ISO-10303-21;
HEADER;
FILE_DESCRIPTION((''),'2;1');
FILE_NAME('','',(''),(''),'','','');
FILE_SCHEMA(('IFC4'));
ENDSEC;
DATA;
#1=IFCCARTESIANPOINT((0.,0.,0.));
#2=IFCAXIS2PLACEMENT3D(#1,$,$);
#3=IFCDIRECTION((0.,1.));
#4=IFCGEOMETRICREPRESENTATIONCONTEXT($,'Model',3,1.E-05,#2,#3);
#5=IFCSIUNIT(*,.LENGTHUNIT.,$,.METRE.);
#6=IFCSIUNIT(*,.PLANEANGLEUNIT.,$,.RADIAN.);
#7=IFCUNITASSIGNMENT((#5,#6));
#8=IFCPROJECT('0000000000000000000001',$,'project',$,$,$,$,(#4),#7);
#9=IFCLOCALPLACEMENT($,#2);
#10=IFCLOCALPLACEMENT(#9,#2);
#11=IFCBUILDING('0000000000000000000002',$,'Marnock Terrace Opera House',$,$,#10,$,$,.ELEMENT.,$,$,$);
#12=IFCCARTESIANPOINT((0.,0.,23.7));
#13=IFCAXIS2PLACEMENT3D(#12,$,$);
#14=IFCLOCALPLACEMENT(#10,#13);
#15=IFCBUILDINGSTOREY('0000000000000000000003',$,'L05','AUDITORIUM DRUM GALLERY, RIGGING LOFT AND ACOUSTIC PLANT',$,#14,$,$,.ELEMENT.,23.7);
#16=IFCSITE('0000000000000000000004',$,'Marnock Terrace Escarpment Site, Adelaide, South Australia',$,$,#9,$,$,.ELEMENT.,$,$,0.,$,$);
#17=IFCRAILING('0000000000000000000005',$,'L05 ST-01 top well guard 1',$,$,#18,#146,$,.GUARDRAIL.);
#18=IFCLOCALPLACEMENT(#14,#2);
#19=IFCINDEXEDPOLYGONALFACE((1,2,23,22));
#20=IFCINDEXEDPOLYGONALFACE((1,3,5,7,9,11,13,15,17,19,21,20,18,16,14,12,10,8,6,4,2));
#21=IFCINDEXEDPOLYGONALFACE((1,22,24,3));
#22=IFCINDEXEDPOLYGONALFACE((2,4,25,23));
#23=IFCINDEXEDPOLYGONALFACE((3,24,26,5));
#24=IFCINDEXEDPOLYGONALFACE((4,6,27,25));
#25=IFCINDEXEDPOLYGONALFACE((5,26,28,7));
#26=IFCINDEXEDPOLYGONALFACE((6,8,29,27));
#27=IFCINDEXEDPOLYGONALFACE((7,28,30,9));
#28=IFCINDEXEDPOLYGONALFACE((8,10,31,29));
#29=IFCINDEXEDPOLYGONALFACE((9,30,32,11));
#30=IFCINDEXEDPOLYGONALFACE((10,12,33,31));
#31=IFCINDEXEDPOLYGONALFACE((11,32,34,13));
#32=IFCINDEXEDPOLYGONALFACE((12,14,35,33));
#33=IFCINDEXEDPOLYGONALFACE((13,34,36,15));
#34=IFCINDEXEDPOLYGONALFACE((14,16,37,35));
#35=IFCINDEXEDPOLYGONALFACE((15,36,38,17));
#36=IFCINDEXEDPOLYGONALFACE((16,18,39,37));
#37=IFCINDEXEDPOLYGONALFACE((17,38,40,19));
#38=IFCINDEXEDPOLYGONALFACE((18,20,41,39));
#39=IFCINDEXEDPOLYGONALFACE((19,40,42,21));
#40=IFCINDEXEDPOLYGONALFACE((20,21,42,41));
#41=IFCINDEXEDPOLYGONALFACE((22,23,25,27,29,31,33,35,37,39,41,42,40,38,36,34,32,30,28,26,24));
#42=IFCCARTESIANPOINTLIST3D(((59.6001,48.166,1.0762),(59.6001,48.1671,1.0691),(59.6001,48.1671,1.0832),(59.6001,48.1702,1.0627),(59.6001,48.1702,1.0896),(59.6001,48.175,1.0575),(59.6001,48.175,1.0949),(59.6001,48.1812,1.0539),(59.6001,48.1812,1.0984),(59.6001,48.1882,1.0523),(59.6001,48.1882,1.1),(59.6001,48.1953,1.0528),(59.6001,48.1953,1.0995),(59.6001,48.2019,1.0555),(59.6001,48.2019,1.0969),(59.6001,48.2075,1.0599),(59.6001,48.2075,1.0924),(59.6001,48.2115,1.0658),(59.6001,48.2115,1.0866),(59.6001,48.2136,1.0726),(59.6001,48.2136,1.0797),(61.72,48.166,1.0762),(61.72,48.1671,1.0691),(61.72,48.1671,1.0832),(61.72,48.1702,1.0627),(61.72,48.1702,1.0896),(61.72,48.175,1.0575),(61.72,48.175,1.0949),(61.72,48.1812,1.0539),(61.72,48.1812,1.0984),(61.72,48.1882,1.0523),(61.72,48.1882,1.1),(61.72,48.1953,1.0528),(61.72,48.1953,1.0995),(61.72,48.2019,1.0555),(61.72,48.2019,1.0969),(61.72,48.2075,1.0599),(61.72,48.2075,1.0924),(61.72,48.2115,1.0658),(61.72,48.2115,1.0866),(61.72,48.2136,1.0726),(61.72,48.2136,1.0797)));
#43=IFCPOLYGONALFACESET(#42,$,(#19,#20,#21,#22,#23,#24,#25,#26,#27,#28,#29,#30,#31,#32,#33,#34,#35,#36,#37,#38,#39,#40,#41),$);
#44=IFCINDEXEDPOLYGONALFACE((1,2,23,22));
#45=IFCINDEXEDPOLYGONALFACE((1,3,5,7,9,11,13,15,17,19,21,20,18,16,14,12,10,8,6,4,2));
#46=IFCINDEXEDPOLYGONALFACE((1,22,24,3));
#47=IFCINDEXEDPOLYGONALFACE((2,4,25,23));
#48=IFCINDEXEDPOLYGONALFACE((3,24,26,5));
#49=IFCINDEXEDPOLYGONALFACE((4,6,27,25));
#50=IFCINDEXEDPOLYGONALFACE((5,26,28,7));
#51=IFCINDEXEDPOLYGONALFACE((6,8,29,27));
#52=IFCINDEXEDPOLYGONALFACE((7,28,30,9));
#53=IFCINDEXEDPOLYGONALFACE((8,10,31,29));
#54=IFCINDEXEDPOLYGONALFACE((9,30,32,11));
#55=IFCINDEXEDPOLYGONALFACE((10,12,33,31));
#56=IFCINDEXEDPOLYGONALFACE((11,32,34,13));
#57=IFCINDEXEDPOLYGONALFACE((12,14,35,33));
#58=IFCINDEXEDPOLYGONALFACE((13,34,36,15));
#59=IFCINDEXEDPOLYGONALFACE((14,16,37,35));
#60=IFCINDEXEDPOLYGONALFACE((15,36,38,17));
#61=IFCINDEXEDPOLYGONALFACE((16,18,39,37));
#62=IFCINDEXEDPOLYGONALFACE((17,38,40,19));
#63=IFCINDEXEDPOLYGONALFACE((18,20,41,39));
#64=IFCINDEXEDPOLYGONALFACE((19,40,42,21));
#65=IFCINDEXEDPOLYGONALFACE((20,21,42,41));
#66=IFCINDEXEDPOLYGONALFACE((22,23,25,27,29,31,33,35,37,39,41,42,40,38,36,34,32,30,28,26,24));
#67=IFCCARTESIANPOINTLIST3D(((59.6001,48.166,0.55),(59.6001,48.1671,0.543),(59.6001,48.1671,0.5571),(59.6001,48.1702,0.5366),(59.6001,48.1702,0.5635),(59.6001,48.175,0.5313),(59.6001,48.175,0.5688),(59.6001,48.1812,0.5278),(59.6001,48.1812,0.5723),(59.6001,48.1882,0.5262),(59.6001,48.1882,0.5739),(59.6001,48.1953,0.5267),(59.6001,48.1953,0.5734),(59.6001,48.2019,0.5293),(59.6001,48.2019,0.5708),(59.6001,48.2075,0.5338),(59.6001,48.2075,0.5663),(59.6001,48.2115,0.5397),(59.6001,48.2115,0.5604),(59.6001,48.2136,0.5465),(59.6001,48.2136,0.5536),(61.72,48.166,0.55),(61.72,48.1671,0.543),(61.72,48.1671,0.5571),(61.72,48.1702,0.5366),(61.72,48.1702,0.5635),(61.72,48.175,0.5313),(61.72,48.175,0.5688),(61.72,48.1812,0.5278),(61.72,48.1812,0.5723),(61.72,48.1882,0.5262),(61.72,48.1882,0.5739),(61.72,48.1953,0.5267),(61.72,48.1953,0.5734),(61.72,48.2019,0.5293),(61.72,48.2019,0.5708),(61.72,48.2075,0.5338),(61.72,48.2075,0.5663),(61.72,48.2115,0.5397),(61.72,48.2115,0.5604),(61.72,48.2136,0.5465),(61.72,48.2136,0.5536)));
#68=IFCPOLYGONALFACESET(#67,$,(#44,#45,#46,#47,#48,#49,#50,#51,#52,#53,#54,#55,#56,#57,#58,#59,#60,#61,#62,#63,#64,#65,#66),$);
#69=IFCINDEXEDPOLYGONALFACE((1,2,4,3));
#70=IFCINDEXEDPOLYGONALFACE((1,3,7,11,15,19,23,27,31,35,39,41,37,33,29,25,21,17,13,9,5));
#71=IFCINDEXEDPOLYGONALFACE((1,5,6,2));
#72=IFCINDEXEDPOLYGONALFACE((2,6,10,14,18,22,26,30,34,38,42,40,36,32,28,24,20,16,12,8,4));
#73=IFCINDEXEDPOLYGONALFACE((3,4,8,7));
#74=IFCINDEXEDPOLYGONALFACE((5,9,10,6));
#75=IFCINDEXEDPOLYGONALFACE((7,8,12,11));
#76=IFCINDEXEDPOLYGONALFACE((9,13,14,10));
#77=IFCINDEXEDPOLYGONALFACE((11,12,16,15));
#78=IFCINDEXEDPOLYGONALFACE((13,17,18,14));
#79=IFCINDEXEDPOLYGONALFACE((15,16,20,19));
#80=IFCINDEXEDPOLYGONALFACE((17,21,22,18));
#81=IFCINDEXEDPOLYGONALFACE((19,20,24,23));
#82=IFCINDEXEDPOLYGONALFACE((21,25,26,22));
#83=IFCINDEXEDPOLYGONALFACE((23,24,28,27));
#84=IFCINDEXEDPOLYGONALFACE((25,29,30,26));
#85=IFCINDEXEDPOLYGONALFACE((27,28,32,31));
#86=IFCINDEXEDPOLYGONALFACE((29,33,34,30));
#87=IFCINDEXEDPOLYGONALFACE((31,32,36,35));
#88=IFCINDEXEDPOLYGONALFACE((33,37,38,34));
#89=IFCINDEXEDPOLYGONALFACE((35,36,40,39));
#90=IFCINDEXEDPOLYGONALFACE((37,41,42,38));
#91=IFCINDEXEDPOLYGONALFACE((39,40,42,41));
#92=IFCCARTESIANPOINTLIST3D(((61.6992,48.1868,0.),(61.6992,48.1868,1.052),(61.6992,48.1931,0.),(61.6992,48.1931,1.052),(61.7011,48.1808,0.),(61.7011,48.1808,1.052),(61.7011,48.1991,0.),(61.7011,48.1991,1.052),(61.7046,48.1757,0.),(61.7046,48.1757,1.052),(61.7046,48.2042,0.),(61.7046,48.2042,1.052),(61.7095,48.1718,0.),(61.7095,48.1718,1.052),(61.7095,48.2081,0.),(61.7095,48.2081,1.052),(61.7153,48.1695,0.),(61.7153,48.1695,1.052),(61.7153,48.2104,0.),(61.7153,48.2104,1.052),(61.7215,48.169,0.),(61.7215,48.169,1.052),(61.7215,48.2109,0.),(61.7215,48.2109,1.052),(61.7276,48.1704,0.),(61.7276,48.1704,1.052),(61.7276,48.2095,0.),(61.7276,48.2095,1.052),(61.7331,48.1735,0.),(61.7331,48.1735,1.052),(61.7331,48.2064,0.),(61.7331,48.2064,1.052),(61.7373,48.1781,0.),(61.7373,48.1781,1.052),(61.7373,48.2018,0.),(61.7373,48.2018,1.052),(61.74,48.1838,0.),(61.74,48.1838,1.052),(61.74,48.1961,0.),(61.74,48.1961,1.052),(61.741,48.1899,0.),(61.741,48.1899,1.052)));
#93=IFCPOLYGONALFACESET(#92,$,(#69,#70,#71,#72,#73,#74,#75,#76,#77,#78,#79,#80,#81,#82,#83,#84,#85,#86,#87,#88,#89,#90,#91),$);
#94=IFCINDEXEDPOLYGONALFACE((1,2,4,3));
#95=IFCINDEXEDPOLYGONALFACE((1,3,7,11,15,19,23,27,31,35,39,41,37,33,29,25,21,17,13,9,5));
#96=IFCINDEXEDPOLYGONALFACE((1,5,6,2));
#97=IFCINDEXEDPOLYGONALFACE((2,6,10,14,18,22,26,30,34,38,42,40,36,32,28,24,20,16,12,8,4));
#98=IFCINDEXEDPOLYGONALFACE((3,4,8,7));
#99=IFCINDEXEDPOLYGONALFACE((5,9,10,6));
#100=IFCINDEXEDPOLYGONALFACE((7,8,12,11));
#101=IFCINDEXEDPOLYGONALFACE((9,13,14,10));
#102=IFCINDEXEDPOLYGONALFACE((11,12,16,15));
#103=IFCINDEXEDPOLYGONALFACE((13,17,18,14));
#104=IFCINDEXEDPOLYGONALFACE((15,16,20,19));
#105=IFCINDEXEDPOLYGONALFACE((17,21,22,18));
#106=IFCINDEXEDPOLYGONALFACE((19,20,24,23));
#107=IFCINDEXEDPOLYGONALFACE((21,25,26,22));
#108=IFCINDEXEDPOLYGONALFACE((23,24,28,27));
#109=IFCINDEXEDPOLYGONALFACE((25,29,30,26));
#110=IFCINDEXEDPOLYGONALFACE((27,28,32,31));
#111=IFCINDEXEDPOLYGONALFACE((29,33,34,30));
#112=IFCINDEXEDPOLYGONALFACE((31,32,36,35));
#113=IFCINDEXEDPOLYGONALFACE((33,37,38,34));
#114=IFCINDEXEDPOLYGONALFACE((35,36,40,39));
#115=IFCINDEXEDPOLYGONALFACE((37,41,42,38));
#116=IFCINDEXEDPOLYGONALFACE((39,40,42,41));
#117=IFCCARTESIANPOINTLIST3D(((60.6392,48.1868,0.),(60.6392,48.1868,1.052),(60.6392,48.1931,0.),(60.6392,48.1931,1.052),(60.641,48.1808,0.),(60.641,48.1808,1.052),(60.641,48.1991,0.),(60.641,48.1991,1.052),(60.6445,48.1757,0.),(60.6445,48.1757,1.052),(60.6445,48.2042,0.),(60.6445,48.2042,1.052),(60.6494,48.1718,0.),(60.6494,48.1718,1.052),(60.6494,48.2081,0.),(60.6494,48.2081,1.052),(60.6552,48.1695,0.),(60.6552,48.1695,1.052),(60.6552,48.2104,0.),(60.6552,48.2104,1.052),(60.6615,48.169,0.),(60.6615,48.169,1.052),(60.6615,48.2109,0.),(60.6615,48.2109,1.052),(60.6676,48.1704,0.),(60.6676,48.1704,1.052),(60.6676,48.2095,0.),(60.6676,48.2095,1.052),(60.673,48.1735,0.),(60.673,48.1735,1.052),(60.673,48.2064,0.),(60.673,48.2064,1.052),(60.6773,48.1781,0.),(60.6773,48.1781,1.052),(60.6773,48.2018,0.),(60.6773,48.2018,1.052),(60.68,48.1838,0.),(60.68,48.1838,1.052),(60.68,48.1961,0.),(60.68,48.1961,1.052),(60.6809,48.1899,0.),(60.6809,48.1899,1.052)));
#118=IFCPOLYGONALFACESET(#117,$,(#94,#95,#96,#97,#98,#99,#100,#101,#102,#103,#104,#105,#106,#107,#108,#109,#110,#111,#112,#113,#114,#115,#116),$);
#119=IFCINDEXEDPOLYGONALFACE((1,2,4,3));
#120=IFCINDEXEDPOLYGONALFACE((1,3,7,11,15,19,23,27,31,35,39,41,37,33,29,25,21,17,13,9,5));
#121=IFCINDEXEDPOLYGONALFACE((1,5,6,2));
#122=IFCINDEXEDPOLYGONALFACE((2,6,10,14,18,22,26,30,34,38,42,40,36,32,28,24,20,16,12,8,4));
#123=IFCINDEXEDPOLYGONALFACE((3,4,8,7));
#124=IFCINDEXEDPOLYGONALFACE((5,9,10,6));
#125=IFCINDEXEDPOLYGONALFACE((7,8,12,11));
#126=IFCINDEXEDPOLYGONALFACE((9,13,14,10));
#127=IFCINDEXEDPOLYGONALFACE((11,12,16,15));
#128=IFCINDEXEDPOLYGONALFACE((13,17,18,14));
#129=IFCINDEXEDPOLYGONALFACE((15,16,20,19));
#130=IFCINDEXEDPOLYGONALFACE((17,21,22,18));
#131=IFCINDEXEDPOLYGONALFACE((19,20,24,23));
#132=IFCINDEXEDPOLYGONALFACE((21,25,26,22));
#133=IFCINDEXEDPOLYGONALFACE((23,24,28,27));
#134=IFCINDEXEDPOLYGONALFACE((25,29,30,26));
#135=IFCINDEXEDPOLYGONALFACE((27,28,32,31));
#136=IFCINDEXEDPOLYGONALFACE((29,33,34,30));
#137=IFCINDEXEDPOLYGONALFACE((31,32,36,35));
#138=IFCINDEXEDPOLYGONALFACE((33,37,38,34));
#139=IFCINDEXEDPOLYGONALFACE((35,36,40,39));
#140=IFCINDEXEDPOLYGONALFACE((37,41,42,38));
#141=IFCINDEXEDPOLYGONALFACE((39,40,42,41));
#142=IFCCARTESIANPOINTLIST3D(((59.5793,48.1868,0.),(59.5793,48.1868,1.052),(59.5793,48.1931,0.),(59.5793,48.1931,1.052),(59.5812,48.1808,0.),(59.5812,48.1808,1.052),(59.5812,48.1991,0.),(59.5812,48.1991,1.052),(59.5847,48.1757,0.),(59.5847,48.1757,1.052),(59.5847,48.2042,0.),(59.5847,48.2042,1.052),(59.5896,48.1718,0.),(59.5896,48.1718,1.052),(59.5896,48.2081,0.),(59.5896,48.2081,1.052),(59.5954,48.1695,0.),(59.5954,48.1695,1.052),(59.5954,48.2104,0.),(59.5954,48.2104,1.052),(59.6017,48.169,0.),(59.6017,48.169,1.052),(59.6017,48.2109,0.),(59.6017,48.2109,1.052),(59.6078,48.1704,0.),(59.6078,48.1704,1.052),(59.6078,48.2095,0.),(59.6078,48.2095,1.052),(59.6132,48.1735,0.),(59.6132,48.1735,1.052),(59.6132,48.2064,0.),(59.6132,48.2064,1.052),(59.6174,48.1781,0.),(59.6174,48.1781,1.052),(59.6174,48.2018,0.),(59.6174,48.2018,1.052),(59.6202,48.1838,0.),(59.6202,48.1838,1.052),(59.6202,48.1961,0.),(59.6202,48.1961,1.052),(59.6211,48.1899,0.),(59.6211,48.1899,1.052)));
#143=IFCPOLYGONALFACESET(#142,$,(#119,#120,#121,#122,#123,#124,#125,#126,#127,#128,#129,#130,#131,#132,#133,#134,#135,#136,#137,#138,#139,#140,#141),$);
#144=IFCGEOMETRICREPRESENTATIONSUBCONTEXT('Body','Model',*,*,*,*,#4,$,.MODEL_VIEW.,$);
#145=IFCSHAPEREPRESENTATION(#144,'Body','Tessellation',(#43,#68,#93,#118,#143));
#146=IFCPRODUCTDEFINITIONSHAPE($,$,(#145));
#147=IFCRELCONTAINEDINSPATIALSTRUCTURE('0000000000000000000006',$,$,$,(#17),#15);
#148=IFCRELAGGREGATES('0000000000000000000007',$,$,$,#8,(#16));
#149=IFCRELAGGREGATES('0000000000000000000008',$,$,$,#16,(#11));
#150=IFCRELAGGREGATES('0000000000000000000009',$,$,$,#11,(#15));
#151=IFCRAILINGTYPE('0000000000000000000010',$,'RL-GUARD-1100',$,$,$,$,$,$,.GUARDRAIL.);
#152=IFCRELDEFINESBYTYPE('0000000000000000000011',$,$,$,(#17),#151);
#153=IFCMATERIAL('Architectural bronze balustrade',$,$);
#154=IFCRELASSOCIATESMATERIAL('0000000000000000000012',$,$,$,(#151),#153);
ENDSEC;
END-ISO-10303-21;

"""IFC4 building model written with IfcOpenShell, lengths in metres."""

from ifc_helpers import new_model, si_unit, direction, frame, origin, origin_2d, place, context, subcontext, project, spatial, circle, extrude, material, type_object, element, save


model = new_model("IFC4")

# Units and contexts
model_context = context("Model", 3, precision=1e-05, world=origin(), true_north=direction((0.0, 1.0)))
body_context = subcontext(model_context, "Body", "Model", "MODEL_VIEW")
ifc_project = project(units=[si_unit("LENGTHUNIT", "METRE"), si_unit("PLANEANGLEUNIT", "RADIAN")], contexts=[model_context])

# Site, building, storey
site_placement = place(None, origin())
site = spatial("IfcSite", under=ifc_project, at=site_placement, Name="Marnock Terrace Escarpment Site, Adelaide, South Australia", CompositionType="ELEMENT", RefElevation=0.0)
building_placement = place(site_placement, origin())
building = spatial("IfcBuilding", under=site, at=building_placement, Name="Marnock Terrace Opera House", CompositionType="ELEMENT")
storey_placement = place(building_placement, frame((0.0, 0.0, 23.7)))
storey = spatial("IfcBuildingStorey", under=building, at=storey_placement, Name="L05", Description="AUDITORIUM DRUM GALLERY, RIGGING LOFT AND ACOUSTIC PLANT", CompositionType="ELEMENT", Elevation=23.7)

# Railing
ifc_material_1 = material(Name="Architectural bronze balustrade")
railing_type = type_object("IfcRailingType", Name="RL-GUARD-1100", PredefinedType="GUARDRAIL", material=ifc_material_1)
railing_placement = place(storey_placement, frame((61.72, 48.1899, 0.0)))
element("IfcRailing", 1, at=railing_placement, inside=storey, type_object=railing_type, Name="L05 ST-01 top well guard 1", PredefinedType="GUARDRAIL", context=body_context, shape_type="SweptSolid", body=[
    extrude(circle(Radius=0.0239, at=origin_2d()), frame((0.0, 0.0, 1.0762), z_axis=(-1.0, 0.0, 0.0), x_axis=(0.0, -1.0, 0.0)), (0.0, 0.0, 1.0), 2.1199),
    extrude(circle(Radius=0.0239, at=origin_2d()), frame((0.0, 0.0, 0.55), z_axis=(-1.0, 0.0, 0.0), x_axis=(0.0, -1.0, 0.0)), (0.0, 0.0, 1.0), 2.1199),
    extrude(circle(Radius=0.021, at=origin_2d()), origin(), (0.0, 0.0, 1.0), 1.052),
    extrude(circle(Radius=0.021, at=origin_2d()), frame((-1.0601, 0.0, 0.0)), (0.0, 0.0, 1.0), 1.052),
    extrude(circle(Radius=0.021, at=origin_2d()), frame((-2.1199, 0.0, 0.0)), (0.0, 0.0, 1.0), 1.052),
])

save(model, "model.ifc")
